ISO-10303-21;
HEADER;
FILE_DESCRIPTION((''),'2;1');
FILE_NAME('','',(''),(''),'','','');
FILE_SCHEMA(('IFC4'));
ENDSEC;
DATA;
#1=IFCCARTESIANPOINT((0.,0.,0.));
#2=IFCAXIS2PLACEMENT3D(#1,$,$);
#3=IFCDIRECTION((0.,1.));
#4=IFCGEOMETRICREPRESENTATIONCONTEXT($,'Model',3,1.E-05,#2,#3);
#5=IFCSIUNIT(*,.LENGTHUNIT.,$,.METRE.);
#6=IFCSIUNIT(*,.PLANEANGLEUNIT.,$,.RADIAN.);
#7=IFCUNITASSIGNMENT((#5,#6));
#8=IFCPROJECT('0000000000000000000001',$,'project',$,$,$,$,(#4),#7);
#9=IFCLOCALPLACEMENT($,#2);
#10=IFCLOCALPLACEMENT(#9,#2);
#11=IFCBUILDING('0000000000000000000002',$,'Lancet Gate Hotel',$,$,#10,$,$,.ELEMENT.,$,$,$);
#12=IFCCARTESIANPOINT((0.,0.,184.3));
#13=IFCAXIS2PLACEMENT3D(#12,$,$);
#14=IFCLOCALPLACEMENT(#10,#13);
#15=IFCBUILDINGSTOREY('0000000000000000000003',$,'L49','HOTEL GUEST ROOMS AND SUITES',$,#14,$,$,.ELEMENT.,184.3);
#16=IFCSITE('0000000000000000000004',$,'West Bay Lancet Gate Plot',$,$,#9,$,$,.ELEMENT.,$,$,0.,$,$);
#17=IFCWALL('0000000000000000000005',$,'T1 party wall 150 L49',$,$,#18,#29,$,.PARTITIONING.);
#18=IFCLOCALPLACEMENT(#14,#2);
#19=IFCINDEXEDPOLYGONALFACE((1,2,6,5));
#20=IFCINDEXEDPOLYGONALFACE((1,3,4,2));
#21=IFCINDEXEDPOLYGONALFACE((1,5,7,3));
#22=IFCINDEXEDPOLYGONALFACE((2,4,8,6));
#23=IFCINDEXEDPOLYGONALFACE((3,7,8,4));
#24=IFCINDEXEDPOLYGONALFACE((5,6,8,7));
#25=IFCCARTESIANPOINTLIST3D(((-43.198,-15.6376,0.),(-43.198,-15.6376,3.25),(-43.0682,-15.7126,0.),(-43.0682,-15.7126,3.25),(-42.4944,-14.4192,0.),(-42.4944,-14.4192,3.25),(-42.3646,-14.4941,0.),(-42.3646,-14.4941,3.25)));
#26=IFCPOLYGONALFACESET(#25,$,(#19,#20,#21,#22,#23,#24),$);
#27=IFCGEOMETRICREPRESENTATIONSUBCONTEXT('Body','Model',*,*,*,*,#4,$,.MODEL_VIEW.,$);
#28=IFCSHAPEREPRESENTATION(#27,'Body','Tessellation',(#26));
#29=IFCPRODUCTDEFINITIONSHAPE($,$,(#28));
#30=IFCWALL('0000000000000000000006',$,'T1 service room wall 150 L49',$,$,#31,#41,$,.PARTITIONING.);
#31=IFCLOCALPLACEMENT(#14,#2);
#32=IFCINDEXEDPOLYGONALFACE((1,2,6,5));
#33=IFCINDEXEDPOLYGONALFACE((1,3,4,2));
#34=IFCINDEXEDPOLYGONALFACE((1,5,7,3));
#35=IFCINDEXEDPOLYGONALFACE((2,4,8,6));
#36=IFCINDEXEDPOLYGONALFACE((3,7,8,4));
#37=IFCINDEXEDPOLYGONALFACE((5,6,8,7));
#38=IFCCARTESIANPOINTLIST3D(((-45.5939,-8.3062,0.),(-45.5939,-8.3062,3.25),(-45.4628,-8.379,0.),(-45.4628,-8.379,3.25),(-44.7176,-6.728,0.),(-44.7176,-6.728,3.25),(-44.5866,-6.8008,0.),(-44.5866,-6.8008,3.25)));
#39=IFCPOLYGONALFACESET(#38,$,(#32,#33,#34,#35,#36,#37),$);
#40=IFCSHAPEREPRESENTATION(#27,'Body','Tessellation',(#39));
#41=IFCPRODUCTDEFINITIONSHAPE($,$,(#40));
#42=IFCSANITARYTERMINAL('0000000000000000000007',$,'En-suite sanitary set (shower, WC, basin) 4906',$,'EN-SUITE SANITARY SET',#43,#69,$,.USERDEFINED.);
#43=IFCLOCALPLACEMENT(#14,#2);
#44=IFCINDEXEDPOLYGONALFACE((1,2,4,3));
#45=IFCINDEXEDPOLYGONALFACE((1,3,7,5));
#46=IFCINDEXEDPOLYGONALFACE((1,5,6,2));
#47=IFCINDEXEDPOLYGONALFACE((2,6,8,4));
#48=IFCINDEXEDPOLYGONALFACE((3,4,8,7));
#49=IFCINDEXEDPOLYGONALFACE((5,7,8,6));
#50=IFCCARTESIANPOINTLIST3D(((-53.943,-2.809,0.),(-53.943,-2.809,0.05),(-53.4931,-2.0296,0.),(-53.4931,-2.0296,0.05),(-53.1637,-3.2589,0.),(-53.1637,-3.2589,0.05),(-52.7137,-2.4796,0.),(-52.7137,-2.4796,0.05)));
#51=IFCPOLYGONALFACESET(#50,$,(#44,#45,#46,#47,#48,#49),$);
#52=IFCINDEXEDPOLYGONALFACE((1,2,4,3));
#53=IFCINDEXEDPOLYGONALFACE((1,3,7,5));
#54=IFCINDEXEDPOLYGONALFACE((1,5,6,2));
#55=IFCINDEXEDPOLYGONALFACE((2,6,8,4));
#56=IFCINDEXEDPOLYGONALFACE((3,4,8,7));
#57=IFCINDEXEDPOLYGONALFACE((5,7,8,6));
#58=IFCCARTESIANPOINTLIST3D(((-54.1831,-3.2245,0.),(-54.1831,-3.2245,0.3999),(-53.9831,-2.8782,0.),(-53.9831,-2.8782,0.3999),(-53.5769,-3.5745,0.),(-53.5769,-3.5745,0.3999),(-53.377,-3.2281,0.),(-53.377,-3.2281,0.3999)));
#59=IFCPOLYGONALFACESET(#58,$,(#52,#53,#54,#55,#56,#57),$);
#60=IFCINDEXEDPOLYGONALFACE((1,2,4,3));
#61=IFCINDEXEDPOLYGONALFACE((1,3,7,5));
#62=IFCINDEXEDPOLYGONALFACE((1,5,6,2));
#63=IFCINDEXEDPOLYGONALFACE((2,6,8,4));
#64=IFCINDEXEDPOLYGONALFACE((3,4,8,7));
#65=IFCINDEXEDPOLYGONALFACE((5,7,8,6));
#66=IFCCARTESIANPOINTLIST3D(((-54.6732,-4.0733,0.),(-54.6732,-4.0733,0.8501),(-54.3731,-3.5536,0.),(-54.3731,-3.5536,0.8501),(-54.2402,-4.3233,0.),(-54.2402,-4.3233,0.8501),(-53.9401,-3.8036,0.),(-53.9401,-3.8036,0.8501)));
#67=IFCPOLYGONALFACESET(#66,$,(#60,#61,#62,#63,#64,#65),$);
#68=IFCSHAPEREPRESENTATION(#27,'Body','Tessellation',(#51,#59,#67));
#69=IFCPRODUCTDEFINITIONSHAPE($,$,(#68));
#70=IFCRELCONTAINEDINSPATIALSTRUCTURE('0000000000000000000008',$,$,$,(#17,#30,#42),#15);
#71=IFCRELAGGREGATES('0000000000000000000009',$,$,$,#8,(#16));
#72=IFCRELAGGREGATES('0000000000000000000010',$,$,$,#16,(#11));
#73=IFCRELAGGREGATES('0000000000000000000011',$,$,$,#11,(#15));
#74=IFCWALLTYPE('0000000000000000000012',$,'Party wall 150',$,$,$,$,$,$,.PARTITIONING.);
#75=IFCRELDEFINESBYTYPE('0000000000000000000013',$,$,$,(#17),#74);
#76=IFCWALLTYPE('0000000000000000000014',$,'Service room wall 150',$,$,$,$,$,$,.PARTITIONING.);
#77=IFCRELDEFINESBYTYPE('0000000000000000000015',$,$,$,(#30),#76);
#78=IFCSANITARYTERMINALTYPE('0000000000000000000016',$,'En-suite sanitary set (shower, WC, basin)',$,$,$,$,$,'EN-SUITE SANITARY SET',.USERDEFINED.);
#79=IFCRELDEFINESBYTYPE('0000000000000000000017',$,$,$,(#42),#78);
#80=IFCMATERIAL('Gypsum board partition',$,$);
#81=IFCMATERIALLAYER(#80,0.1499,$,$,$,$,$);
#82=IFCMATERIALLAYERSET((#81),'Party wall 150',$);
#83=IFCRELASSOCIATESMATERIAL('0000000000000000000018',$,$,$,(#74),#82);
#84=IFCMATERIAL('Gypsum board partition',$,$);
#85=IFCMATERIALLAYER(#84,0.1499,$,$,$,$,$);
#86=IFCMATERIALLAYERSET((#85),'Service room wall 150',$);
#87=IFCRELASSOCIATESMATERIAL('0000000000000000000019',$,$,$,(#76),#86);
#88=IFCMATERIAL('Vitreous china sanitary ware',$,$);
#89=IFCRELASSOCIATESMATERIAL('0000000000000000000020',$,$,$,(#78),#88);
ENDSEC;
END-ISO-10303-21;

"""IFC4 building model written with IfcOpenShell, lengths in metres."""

from ifc_helpers import new_model, si_unit, direction, frame, frame_2d, origin, origin_2d, place, context, subcontext, project, spatial, rectangle, extrude, material, layer, layer_set, type_object, element, save


model = new_model("IFC4")

# Units and contexts
model_context = context("Model", 3, precision=1e-05, world=origin(), true_north=direction((0.0, 1.0)))
body_context = subcontext(model_context, "Body", "Model", "MODEL_VIEW")
ifc_project = project(units=[si_unit("LENGTHUNIT", "METRE"), si_unit("PLANEANGLEUNIT", "RADIAN")], contexts=[model_context])

# Site, building, storey
site_placement = place(None, origin())
site = spatial("IfcSite", under=ifc_project, at=site_placement, Name="West Bay Lancet Gate Plot", CompositionType="ELEMENT", RefElevation=0.0)
building_placement = place(site_placement, origin())
building = spatial("IfcBuilding", under=site, at=building_placement, Name="Lancet Gate Hotel", CompositionType="ELEMENT")
storey_placement = place(building_placement, frame((0.0, 0.0, 184.3)))
storey = spatial("IfcBuildingStorey", under=building, at=storey_placement, Name="L49", Description="HOTEL GUEST ROOMS AND SUITES", CompositionType="ELEMENT", Elevation=184.3)

# Walls
ifc_material_1 = material(Name="Gypsum board partition")
ifc_layer_1 = layer(ifc_material_1, 0.1499)
ifc_layer_set_1 = layer_set([ifc_layer_1], Name="Party wall 150")
wall_type_1 = type_object("IfcWallType", Name="Party wall 150", PredefinedType="PARTITIONING", material=ifc_layer_set_1)
wall_1_placement = place(storey_placement, frame((-42.4294, -14.4565, 0.0), z_axis=(0.0, 0.0, 1.0), x_axis=(-0.500058, -0.865992, 0.0)))
element("IfcWall", 1, at=wall_1_placement, inside=storey, type_object=wall_type_1, Name="T1 party wall 150 L49", PredefinedType="PARTITIONING", context=body_context, shape_type="SweptSolid", body=[
    extrude(rectangle(XDim=1.407, YDim=0.1499, at=frame_2d((0.7036, 0.0))), origin(), (0.0, 0.0, 1.0), 3.25),
])
ifc_material_2 = material(Name="Gypsum board partition")
ifc_layer_2 = layer(ifc_material_2, 0.1499)
ifc_layer_set_2 = layer_set([ifc_layer_2], Name="Service room wall 150")
wall_type_2 = type_object("IfcWallType", Name="Service room wall 150", PredefinedType="PARTITIONING", material=ifc_layer_set_2)
wall_2_placement = place(storey_placement, frame((-44.6521, -6.7644, 0.0), z_axis=(0.0, 0.0, 1.0), x_axis=(-0.485425, -0.874278, 0.0)))
element("IfcWall", 2, at=wall_2_placement, inside=storey, type_object=wall_type_2, Name="T1 service room wall 150 L49", PredefinedType="PARTITIONING", context=body_context, shape_type="SweptSolid", body=[
    extrude(rectangle(XDim=1.8052, YDim=0.1499, at=frame_2d((0.9026, 0.0))), origin(), (0.0, 0.0, 1.0), 3.25),
])

# Sanitary terminal
ifc_material_3 = material(Name="Vitreous china sanitary ware")
sanitary_terminal_type = type_object("IfcSanitaryTerminalType", Name="En-suite sanitary set (shower, WC, basin)", ElementType="EN-SUITE SANITARY SET", PredefinedType="USERDEFINED", material=ifc_material_3)
sanitary_terminal_placement = place(storey_placement, frame((-53.3284, -2.6443, 0.0), z_axis=(0.0, 0.0, 1.0), x_axis=(1.0, 0.0, 0.0)))
element("IfcSanitaryTerminal", 3, at=sanitary_terminal_placement, inside=storey, type_object=sanitary_terminal_type, Name="En-suite sanitary set (shower, WC, basin) 4906", ObjectType="EN-SUITE SANITARY SET", PredefinedType="USERDEFINED", context=body_context, shape_type="SweptSolid", body=[
    extrude(rectangle(XDim=0.8999, YDim=0.8999, at=origin_2d()), frame((0.0, 0.0, 0.0), z_axis=(0.0, 0.0, 1.0), x_axis=(0.5, 0.866025, 0.0)), (0.0, 0.0, 1.0), 0.05),
    extrude(rectangle(XDim=0.3999, YDim=0.7, at=origin_2d()), frame((-0.4517, -0.582, 0.0), z_axis=(0.0, 0.0, 1.0), x_axis=(0.5, 0.866025, 0.0)), (0.0, 0.0, 1.0), 0.3999),
    extrude(rectangle(XDim=0.6001, YDim=0.5, at=origin_2d()), frame((-0.9783, -1.2942, 0.0), z_axis=(0.0, 0.0, 1.0), x_axis=(0.5, 0.866025, 0.0)), (0.0, 0.0, 1.0), 0.8501),
])

save(model, "model.ifc")
